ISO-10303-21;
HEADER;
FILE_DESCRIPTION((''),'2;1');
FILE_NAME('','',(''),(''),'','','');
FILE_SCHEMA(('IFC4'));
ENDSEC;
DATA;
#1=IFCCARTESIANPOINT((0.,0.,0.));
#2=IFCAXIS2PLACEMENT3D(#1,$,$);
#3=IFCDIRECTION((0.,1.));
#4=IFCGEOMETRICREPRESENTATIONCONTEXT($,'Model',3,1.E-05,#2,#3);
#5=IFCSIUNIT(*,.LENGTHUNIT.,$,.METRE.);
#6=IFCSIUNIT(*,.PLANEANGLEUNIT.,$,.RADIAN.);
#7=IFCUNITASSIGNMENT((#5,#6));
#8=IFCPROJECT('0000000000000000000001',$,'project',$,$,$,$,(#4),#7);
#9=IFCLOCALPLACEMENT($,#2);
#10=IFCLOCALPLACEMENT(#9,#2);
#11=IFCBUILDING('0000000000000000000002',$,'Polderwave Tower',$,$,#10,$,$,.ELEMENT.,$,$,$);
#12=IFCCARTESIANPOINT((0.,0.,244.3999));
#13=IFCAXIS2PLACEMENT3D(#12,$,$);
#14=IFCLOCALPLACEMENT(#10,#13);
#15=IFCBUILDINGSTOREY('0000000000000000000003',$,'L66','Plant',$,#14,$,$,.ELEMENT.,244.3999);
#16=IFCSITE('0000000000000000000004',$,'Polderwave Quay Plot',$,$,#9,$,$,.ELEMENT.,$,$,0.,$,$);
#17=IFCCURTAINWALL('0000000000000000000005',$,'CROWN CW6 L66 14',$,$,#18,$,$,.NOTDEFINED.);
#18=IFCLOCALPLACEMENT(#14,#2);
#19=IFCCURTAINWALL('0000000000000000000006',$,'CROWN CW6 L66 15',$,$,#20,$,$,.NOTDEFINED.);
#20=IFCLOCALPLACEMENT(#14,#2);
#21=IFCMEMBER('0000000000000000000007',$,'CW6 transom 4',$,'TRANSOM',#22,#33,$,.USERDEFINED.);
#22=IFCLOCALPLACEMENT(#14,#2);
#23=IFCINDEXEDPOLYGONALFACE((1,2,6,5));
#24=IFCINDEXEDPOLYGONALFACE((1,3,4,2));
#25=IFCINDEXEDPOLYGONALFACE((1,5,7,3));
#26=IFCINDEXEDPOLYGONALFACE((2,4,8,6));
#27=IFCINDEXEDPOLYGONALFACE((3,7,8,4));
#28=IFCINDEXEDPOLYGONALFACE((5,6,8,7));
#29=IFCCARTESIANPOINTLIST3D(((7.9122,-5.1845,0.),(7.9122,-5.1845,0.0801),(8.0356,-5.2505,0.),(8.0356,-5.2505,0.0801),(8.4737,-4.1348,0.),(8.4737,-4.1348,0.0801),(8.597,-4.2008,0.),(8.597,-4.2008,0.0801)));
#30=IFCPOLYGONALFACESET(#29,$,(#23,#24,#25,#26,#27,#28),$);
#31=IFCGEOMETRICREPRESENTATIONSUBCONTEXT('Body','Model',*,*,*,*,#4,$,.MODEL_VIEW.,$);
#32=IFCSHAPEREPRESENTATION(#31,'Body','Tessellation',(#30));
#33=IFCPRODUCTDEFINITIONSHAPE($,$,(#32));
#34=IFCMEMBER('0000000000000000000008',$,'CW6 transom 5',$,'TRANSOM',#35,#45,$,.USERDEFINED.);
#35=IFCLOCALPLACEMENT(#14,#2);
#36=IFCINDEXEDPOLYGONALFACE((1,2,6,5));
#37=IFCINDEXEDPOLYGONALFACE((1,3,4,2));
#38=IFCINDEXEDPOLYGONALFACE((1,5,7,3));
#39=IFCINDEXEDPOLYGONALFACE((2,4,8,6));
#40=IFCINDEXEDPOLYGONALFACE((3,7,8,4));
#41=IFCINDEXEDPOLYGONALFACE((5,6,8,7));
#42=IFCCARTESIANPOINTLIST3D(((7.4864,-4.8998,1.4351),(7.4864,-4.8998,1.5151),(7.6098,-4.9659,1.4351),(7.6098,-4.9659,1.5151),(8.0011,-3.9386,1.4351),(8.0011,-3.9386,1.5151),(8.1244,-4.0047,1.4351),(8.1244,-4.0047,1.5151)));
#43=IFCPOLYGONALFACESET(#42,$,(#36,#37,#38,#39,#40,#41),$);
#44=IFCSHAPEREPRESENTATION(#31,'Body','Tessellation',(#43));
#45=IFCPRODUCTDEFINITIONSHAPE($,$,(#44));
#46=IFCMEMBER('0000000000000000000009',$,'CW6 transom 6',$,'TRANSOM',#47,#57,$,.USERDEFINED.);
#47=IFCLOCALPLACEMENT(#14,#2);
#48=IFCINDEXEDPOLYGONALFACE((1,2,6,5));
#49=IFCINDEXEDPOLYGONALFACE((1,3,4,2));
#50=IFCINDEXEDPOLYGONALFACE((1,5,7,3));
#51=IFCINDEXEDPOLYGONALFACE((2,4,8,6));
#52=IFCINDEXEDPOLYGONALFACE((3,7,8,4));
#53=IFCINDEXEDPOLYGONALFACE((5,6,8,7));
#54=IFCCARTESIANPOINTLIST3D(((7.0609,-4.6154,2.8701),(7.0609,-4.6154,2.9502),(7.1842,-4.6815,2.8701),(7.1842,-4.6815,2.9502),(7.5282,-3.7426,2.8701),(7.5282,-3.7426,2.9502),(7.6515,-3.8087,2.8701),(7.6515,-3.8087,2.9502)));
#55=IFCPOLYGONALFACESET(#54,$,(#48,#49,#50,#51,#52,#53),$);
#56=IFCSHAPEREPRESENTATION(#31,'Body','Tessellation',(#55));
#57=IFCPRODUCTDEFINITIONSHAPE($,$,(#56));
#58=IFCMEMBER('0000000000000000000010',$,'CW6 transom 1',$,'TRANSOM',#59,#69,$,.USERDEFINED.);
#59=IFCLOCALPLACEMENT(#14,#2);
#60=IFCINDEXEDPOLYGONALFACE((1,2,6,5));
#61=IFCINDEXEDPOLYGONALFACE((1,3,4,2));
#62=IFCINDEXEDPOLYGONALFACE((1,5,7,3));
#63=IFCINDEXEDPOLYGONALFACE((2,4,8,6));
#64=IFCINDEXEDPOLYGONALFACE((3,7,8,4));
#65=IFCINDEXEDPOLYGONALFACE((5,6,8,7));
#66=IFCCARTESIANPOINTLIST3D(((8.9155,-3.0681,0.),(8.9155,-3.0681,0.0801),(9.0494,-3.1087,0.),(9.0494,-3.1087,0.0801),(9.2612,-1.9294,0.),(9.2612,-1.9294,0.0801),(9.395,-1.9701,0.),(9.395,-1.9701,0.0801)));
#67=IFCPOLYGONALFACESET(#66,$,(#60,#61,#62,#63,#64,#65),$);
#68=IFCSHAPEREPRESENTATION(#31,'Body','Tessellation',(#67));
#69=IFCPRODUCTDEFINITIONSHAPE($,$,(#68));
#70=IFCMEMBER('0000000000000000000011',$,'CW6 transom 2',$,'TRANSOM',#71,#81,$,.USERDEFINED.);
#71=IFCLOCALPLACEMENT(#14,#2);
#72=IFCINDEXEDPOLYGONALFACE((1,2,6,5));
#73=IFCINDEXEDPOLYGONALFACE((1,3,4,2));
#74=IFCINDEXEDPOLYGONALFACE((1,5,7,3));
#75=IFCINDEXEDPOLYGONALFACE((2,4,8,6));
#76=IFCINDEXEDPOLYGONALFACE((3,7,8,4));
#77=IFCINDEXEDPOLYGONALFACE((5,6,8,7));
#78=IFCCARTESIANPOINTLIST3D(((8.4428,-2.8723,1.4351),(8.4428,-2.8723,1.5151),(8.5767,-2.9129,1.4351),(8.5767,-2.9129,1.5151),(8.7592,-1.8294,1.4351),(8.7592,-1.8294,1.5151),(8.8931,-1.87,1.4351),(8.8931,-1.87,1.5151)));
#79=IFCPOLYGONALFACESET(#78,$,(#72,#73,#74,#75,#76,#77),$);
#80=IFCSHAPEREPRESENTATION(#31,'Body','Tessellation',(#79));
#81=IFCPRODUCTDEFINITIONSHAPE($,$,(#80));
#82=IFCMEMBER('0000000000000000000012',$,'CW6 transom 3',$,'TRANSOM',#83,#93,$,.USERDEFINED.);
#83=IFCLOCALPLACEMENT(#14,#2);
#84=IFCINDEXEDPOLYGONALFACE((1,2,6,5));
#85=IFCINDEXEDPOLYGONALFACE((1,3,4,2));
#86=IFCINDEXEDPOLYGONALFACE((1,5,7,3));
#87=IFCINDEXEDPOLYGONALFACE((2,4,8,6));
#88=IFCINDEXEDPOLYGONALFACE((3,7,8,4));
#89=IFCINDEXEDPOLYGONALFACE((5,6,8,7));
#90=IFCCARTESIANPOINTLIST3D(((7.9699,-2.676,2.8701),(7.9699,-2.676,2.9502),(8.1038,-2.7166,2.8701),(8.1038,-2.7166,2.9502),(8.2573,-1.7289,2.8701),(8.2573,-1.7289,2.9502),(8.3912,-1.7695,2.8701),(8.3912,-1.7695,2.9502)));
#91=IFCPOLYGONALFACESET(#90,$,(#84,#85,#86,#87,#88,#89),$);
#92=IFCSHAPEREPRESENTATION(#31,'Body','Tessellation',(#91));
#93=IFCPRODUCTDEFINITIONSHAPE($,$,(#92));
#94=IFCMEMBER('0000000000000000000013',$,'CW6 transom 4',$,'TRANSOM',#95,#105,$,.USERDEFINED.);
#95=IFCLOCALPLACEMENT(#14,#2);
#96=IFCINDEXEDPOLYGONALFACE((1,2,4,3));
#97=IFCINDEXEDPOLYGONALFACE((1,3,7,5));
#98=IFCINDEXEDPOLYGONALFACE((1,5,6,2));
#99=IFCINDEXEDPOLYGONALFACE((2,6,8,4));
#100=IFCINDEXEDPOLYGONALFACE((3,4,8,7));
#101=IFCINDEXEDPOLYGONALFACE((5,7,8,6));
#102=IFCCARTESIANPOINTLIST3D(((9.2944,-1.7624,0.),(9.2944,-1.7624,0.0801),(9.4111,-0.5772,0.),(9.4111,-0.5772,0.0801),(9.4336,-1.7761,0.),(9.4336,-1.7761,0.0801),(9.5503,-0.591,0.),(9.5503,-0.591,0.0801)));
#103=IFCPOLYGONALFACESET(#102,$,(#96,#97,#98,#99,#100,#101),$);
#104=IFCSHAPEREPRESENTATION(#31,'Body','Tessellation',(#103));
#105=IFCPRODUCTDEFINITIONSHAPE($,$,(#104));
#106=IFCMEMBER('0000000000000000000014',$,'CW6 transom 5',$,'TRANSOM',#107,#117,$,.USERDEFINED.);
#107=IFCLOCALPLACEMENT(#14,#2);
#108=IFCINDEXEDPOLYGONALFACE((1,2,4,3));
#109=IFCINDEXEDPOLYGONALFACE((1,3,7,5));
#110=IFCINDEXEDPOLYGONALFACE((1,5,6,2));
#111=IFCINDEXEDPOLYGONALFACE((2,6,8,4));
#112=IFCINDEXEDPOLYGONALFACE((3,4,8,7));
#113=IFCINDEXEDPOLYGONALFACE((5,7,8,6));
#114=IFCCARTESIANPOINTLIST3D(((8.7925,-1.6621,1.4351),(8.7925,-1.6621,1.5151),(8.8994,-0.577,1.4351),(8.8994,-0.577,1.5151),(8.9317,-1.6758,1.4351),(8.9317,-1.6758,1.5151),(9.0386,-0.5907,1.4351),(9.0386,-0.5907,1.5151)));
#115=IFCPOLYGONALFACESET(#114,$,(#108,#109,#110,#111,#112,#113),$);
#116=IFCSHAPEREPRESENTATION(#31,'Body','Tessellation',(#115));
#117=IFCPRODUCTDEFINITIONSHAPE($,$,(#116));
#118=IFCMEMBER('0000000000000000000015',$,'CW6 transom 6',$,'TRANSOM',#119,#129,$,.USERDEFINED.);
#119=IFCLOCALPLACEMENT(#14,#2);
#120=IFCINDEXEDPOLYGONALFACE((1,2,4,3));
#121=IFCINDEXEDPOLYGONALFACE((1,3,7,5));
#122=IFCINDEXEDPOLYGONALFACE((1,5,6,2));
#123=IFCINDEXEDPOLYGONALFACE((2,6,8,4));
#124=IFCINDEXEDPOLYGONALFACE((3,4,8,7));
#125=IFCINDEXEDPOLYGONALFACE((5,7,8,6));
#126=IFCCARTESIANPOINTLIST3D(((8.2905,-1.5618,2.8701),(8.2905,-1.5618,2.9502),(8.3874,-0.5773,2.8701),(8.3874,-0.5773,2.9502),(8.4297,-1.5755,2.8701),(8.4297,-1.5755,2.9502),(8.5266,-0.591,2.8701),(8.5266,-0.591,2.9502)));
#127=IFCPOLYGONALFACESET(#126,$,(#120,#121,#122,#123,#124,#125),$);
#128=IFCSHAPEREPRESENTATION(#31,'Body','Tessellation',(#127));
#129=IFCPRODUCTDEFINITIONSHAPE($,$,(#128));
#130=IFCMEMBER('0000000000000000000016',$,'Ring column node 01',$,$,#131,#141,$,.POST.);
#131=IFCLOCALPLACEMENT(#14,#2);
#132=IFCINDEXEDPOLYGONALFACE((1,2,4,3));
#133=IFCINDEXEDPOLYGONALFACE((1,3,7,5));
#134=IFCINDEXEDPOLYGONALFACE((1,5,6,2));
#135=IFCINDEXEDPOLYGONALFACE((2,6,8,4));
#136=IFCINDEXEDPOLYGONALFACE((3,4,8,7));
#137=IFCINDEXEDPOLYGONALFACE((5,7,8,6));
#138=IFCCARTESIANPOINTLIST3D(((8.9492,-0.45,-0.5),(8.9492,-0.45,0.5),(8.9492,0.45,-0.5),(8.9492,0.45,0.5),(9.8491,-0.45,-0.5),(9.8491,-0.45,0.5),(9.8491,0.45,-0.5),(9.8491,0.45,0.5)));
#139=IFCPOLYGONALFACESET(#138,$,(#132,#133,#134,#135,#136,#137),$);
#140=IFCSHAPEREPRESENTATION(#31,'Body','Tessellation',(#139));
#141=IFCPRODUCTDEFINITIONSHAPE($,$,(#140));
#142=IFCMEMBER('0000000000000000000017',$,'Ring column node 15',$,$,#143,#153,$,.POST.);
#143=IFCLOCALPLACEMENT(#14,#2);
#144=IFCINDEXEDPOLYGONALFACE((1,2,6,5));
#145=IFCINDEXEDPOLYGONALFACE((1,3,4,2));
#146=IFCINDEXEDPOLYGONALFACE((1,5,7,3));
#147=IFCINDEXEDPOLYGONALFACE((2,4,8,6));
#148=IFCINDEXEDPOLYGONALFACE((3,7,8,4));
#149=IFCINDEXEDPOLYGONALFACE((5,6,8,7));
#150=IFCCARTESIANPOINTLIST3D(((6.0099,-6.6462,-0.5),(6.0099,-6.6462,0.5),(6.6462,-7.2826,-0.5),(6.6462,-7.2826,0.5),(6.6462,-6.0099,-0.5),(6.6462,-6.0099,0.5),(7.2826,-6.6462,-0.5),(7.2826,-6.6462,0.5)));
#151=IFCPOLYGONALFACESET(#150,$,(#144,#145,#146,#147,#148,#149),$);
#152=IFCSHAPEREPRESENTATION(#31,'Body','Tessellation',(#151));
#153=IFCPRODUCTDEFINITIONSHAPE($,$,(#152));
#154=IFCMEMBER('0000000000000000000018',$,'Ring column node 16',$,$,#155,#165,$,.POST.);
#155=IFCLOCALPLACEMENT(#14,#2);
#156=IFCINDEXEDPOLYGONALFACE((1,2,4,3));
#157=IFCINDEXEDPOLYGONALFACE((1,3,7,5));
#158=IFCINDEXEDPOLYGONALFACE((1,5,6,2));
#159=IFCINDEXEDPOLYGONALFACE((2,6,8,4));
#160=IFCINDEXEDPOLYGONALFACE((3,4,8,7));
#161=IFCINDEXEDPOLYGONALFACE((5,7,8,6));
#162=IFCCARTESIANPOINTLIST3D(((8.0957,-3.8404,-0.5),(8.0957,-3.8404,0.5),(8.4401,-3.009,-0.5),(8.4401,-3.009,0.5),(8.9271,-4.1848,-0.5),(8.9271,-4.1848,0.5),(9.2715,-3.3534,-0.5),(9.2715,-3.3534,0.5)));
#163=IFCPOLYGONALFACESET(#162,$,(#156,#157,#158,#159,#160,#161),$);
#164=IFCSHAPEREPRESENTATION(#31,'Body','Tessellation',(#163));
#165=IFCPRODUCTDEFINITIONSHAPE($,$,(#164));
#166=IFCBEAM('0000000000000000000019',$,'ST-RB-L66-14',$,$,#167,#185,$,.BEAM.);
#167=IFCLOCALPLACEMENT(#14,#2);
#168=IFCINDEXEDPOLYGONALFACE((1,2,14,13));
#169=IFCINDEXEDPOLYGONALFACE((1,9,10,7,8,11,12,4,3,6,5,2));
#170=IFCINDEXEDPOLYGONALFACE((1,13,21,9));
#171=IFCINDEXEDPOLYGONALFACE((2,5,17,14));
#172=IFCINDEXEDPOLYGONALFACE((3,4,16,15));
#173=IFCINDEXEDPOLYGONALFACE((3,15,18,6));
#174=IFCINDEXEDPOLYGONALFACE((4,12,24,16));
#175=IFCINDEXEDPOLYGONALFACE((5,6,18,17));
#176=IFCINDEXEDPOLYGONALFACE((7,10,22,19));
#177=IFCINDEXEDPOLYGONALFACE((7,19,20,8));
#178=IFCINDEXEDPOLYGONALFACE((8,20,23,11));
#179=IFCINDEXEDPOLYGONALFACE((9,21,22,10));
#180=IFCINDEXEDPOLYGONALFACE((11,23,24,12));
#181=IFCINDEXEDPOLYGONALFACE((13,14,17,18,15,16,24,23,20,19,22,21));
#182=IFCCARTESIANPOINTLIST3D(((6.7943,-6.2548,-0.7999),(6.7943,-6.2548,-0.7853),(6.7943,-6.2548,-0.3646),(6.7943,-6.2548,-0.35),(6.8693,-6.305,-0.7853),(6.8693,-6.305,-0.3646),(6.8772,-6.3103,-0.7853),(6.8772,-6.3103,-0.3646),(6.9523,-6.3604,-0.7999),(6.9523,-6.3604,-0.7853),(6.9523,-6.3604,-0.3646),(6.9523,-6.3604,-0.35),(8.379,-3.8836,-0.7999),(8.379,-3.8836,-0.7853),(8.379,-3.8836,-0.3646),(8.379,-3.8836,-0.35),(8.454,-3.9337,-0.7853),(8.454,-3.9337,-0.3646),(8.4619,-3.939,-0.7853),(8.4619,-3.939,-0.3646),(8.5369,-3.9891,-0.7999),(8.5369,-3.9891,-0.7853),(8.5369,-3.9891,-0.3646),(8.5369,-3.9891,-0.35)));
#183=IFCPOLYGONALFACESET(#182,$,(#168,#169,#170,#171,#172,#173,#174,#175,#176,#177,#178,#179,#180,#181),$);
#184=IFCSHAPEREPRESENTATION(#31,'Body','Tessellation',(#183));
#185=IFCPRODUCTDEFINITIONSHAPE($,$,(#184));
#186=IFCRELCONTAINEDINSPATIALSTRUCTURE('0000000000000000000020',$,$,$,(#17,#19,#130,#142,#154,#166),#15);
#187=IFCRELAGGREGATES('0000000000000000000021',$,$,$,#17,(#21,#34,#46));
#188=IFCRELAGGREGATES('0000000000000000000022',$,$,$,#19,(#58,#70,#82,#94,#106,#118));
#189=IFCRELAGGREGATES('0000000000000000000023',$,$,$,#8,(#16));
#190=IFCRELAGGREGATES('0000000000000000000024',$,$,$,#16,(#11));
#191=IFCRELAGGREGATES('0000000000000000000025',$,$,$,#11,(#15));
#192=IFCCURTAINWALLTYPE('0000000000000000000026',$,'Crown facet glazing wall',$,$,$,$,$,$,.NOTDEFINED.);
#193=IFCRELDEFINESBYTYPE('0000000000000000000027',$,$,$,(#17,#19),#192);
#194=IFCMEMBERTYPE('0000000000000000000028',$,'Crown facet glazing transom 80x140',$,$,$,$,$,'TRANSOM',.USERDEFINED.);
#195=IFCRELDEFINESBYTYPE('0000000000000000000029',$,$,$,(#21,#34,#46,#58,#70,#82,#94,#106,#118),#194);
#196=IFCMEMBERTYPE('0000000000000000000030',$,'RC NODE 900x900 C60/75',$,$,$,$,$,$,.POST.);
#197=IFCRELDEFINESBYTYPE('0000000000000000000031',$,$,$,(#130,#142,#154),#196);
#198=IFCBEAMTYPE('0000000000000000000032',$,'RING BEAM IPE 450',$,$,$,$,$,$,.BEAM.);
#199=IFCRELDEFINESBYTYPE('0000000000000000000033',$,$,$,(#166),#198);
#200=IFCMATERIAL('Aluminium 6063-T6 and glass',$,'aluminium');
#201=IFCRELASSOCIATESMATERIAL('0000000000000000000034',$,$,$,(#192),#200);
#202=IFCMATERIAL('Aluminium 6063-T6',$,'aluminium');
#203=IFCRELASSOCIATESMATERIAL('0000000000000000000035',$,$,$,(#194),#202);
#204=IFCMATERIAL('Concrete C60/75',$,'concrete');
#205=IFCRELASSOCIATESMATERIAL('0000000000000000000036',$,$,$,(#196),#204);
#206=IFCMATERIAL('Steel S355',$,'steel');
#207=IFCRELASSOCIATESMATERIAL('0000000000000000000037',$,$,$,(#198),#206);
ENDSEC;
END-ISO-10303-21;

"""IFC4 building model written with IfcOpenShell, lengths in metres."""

from ifc_helpers import new_model, si_unit, direction, frame, origin, origin_2d, place, context, subcontext, project, spatial, rectangle, i_section, extrude, material, material_profile, profile_set, type_object, element, aggregate, save


model = new_model("IFC4")

# Units and contexts
model_context = context("Model", 3, precision=1e-05, world=origin(), true_north=direction((0.0, 1.0)))
body_context = subcontext(model_context, "Body", "Model", "MODEL_VIEW")
ifc_project = project(units=[si_unit("LENGTHUNIT", "METRE"), si_unit("PLANEANGLEUNIT", "RADIAN")], contexts=[model_context])

# Site, building, storey
site_placement = place(None, origin())
site = spatial("IfcSite", under=ifc_project, at=site_placement, Name="Polderwave Quay Plot", CompositionType="ELEMENT", RefElevation=0.0)
building_placement = place(site_placement, origin())
building = spatial("IfcBuilding", under=site, at=building_placement, Name="Polderwave Tower", CompositionType="ELEMENT")
storey_placement = place(building_placement, frame((0.0, 0.0, 244.3999)))
storey = spatial("IfcBuildingStorey", under=building, at=storey_placement, Name="L66", Description="Plant", CompositionType="ELEMENT", Elevation=244.3999)

# Shared definitions
ifc_material_1 = material(Name="Concrete C60/75", Category="concrete")

# Shared definitions
ifc_material_2 = material(Name="Aluminium 6063-T6 and glass", Category="aluminium")
curtain_wall_type = type_object("IfcCurtainWallType", Name="Crown facet glazing wall", PredefinedType="NOTDEFINED", material=ifc_material_2)
ifc_material_3 = material(Name="Aluminium 6063-T6", Category="aluminium")

# Curtain walls
curtain_wall_1_placement = place(storey_placement, origin())
curtain_wall_1 = element("IfcCurtainWall", 1, at=curtain_wall_1_placement, inside=storey, type_object=curtain_wall_type, Name="CROWN CW6 L66 14", PredefinedType="NOTDEFINED")
curtain_wall_2_placement = place(storey_placement, origin())
curtain_wall_2 = element("IfcCurtainWall", 2, at=curtain_wall_2_placement, inside=storey, type_object=curtain_wall_type, Name="CROWN CW6 L66 15", PredefinedType="NOTDEFINED")

# Members
ifc_material_profile_1 = material_profile(ifc_material_3, rectangle(XDim=0.1399, YDim=0.0801, at=origin_2d()), Name="AL 80x140")
ifc_profile_set_1 = profile_set([ifc_material_profile_1], Name="Aluminium 6063-T6")
member_type_1 = type_object("IfcMemberType", Name="Crown facet glazing transom 80x140", ElementType="TRANSOM", PredefinedType="USERDEFINED", material=ifc_profile_set_1)
member_1_placement = place(storey_placement, frame((7.9739, -5.2175, 0.04), z_axis=(0.471652, 0.881785, 0.0), x_axis=(-0.881785, 0.471652, 0.0)))
member_1 = element("IfcMember", 3, at=member_1_placement, type_object=member_type_1, Name="CW6 transom 4", ObjectType="TRANSOM", PredefinedType="USERDEFINED", context=body_context, shape_type="SweptSolid", body=[
    extrude(rectangle(XDim=0.1399, YDim=0.0801, at=origin_2d()), origin(), (0.0, 0.0, 1.0), 1.1904),
])
member_2_placement = place(storey_placement, frame((7.5481, -4.9329, 1.4751), z_axis=(0.472029, 0.881583, 0.0), x_axis=(-0.881583, 0.472029, 0.0)))
member_2 = element("IfcMember", 4, at=member_2_placement, type_object=member_type_1, Name="CW6 transom 5", ObjectType="TRANSOM", PredefinedType="USERDEFINED", context=body_context, shape_type="SweptSolid", body=[
    extrude(rectangle(XDim=0.1399, YDim=0.0801, at=origin_2d()), origin(), (0.0, 0.0, 1.0), 1.0903),
])
member_3_placement = place(storey_placement, frame((7.1226, -4.6484, 2.9102), z_axis=(0.471996, 0.881601, 0.0), x_axis=(-0.881601, 0.471996, 0.0)))
member_3 = element("IfcMember", 5, at=member_3_placement, type_object=member_type_1, Name="CW6 transom 6", ObjectType="TRANSOM", PredefinedType="USERDEFINED", context=body_context, shape_type="SweptSolid", body=[
    extrude(rectangle(XDim=0.1399, YDim=0.0801, at=origin_2d()), origin(), (0.0, 0.0, 1.0), 0.99),
])
member_4_placement = place(storey_placement, frame((8.9824, -3.0884, 0.04), z_axis=(0.290508, 0.956872, 0.0), x_axis=(-0.956872, 0.290508, 0.0)))
member_4 = element("IfcMember", 6, at=member_4_placement, type_object=member_type_1, Name="CW6 transom 1", ObjectType="TRANSOM", PredefinedType="USERDEFINED", context=body_context, shape_type="SweptSolid", body=[
    extrude(rectangle(XDim=0.1399, YDim=0.0801, at=origin_2d()), origin(), (0.0, 0.0, 1.0), 1.1899),
])
member_5_placement = place(storey_placement, frame((8.5098, -2.8926, 1.4751), z_axis=(0.290306, 0.956934, 0.0), x_axis=(-0.956934, 0.290306, 0.0)))
member_5 = element("IfcMember", 7, at=member_5_placement, type_object=member_type_1, Name="CW6 transom 2", ObjectType="TRANSOM", PredefinedType="USERDEFINED", context=body_context, shape_type="SweptSolid", body=[
    extrude(rectangle(XDim=0.1399, YDim=0.0801, at=origin_2d()), origin(), (0.0, 0.0, 1.0), 1.0898),
])
member_6_placement = place(storey_placement, frame((8.0369, -2.6963, 2.9102), z_axis=(0.290357, 0.956919, 0.0), x_axis=(-0.956919, 0.290357, 0.0)))
member_6 = element("IfcMember", 8, at=member_6_placement, type_object=member_type_1, Name="CW6 transom 3", ObjectType="TRANSOM", PredefinedType="USERDEFINED", context=body_context, shape_type="SweptSolid", body=[
    extrude(rectangle(XDim=0.1399, YDim=0.0801, at=origin_2d()), origin(), (0.0, 0.0, 1.0), 0.9897),
])
member_7_placement = place(storey_placement, frame((9.364, -1.7693, 0.04), z_axis=(0.097981, 0.995188, 0.0), x_axis=(-0.995188, 0.097981, 0.0)))
member_7 = element("IfcMember", 9, at=member_7_placement, type_object=member_type_1, Name="CW6 transom 4", ObjectType="TRANSOM", PredefinedType="USERDEFINED", context=body_context, shape_type="SweptSolid", body=[
    extrude(rectangle(XDim=0.1399, YDim=0.0801, at=origin_2d()), origin(), (0.0, 0.0, 1.0), 1.1909),
])
member_8_placement = place(storey_placement, frame((8.8621, -1.6689, 1.4751), z_axis=(0.098085, 0.995178, 0.0), x_axis=(-0.995178, 0.098085, 0.0)))
member_8 = element("IfcMember", 10, at=member_8_placement, type_object=member_type_1, Name="CW6 transom 5", ObjectType="TRANSOM", PredefinedType="USERDEFINED", context=body_context, shape_type="SweptSolid", body=[
    extrude(rectangle(XDim=0.1399, YDim=0.0801, at=origin_2d()), origin(), (0.0, 0.0, 1.0), 1.0903),
])
member_9_placement = place(storey_placement, frame((8.3601, -1.5686, 2.9102), z_axis=(0.097964, 0.99519, 0.0), x_axis=(-0.99519, 0.097964, 0.0)))
member_9 = element("IfcMember", 11, at=member_9_placement, type_object=member_type_1, Name="CW6 transom 6", ObjectType="TRANSOM", PredefinedType="USERDEFINED", context=body_context, shape_type="SweptSolid", body=[
    extrude(rectangle(XDim=0.1399, YDim=0.0801, at=origin_2d()), origin(), (0.0, 0.0, 1.0), 0.9893),
])

# Members
ifc_material_profile_2 = material_profile(ifc_material_1, rectangle(XDim=0.8999, YDim=0.8999, at=origin_2d()), Name="RC 900x900")
ifc_profile_set_2 = profile_set([ifc_material_profile_2], Name="Concrete C60/75")
member_type_2 = type_object("IfcMemberType", Name="RC NODE 900x900 C60/75", PredefinedType="POST", material=ifc_profile_set_2)
for number, where, z_axis, x_axis, name in (
    (12, (9.3992, 0.0, -0.5), (0.0, 0.0, 1.0), (1.0, 0.0, 0.0), "Ring column node 01"),
    (13, (6.6462, -6.6462, -0.5), (0.0, 0.0, 1.0), (0.707107, -0.707107, 0.0), "Ring column node 15"),
    (14, (8.6836, -3.5969, -0.5), (0.0, 0.0, 1.0), (0.92388, -0.382683, 0.0), "Ring column node 16"),
):
    element("IfcMember", number, at=place(storey_placement, frame(where, z_axis=z_axis, x_axis=x_axis)), inside=storey, type_object=member_type_2, Name=name, PredefinedType="POST", context=body_context, shape_type="SweptSolid", body=[
        extrude(rectangle(XDim=0.8999, YDim=0.8999, at=origin_2d()), origin(), (0.0, 0.0, 1.0), 1.0),
    ])

# Beam
ifc_material_4 = material(Name="Steel S355", Category="steel")
ifc_material_profile_3 = material_profile(ifc_material_4, i_section(OverallWidth=0.1899, OverallDepth=0.45, WebThickness=0.0095, FlangeThickness=0.0146, at=origin_2d()), Name="IPE 450")
ifc_profile_set_3 = profile_set([ifc_material_profile_3], Name="Steel S355")
beam_type = type_object("IfcBeamType", Name="RING BEAM IPE 450", PredefinedType="BEAM", material=ifc_profile_set_3)
beam_1_placement = place(storey_placement, frame((6.8733, -6.3076, -0.575), z_axis=(0.555628, 0.831431, 0.0), x_axis=(-0.831431, 0.555628, 0.0)))
element("IfcBeam", 15, at=beam_1_placement, inside=storey, type_object=beam_type, Name="ST-RB-L66-14", PredefinedType="BEAM", context=body_context, shape_type="SweptSolid", body=[
    extrude(i_section(OverallWidth=0.1899, OverallDepth=0.45, WebThickness=0.0095, FlangeThickness=0.0146, at=origin_2d()), origin(), (0.0, 0.0, 1.0), 2.8521),
])

aggregate(curtain_wall_1, [member_1, member_2, member_3])
aggregate(curtain_wall_2, [member_4, member_5, member_6, member_7, member_8, member_9])

save(model, "model.ifc")
